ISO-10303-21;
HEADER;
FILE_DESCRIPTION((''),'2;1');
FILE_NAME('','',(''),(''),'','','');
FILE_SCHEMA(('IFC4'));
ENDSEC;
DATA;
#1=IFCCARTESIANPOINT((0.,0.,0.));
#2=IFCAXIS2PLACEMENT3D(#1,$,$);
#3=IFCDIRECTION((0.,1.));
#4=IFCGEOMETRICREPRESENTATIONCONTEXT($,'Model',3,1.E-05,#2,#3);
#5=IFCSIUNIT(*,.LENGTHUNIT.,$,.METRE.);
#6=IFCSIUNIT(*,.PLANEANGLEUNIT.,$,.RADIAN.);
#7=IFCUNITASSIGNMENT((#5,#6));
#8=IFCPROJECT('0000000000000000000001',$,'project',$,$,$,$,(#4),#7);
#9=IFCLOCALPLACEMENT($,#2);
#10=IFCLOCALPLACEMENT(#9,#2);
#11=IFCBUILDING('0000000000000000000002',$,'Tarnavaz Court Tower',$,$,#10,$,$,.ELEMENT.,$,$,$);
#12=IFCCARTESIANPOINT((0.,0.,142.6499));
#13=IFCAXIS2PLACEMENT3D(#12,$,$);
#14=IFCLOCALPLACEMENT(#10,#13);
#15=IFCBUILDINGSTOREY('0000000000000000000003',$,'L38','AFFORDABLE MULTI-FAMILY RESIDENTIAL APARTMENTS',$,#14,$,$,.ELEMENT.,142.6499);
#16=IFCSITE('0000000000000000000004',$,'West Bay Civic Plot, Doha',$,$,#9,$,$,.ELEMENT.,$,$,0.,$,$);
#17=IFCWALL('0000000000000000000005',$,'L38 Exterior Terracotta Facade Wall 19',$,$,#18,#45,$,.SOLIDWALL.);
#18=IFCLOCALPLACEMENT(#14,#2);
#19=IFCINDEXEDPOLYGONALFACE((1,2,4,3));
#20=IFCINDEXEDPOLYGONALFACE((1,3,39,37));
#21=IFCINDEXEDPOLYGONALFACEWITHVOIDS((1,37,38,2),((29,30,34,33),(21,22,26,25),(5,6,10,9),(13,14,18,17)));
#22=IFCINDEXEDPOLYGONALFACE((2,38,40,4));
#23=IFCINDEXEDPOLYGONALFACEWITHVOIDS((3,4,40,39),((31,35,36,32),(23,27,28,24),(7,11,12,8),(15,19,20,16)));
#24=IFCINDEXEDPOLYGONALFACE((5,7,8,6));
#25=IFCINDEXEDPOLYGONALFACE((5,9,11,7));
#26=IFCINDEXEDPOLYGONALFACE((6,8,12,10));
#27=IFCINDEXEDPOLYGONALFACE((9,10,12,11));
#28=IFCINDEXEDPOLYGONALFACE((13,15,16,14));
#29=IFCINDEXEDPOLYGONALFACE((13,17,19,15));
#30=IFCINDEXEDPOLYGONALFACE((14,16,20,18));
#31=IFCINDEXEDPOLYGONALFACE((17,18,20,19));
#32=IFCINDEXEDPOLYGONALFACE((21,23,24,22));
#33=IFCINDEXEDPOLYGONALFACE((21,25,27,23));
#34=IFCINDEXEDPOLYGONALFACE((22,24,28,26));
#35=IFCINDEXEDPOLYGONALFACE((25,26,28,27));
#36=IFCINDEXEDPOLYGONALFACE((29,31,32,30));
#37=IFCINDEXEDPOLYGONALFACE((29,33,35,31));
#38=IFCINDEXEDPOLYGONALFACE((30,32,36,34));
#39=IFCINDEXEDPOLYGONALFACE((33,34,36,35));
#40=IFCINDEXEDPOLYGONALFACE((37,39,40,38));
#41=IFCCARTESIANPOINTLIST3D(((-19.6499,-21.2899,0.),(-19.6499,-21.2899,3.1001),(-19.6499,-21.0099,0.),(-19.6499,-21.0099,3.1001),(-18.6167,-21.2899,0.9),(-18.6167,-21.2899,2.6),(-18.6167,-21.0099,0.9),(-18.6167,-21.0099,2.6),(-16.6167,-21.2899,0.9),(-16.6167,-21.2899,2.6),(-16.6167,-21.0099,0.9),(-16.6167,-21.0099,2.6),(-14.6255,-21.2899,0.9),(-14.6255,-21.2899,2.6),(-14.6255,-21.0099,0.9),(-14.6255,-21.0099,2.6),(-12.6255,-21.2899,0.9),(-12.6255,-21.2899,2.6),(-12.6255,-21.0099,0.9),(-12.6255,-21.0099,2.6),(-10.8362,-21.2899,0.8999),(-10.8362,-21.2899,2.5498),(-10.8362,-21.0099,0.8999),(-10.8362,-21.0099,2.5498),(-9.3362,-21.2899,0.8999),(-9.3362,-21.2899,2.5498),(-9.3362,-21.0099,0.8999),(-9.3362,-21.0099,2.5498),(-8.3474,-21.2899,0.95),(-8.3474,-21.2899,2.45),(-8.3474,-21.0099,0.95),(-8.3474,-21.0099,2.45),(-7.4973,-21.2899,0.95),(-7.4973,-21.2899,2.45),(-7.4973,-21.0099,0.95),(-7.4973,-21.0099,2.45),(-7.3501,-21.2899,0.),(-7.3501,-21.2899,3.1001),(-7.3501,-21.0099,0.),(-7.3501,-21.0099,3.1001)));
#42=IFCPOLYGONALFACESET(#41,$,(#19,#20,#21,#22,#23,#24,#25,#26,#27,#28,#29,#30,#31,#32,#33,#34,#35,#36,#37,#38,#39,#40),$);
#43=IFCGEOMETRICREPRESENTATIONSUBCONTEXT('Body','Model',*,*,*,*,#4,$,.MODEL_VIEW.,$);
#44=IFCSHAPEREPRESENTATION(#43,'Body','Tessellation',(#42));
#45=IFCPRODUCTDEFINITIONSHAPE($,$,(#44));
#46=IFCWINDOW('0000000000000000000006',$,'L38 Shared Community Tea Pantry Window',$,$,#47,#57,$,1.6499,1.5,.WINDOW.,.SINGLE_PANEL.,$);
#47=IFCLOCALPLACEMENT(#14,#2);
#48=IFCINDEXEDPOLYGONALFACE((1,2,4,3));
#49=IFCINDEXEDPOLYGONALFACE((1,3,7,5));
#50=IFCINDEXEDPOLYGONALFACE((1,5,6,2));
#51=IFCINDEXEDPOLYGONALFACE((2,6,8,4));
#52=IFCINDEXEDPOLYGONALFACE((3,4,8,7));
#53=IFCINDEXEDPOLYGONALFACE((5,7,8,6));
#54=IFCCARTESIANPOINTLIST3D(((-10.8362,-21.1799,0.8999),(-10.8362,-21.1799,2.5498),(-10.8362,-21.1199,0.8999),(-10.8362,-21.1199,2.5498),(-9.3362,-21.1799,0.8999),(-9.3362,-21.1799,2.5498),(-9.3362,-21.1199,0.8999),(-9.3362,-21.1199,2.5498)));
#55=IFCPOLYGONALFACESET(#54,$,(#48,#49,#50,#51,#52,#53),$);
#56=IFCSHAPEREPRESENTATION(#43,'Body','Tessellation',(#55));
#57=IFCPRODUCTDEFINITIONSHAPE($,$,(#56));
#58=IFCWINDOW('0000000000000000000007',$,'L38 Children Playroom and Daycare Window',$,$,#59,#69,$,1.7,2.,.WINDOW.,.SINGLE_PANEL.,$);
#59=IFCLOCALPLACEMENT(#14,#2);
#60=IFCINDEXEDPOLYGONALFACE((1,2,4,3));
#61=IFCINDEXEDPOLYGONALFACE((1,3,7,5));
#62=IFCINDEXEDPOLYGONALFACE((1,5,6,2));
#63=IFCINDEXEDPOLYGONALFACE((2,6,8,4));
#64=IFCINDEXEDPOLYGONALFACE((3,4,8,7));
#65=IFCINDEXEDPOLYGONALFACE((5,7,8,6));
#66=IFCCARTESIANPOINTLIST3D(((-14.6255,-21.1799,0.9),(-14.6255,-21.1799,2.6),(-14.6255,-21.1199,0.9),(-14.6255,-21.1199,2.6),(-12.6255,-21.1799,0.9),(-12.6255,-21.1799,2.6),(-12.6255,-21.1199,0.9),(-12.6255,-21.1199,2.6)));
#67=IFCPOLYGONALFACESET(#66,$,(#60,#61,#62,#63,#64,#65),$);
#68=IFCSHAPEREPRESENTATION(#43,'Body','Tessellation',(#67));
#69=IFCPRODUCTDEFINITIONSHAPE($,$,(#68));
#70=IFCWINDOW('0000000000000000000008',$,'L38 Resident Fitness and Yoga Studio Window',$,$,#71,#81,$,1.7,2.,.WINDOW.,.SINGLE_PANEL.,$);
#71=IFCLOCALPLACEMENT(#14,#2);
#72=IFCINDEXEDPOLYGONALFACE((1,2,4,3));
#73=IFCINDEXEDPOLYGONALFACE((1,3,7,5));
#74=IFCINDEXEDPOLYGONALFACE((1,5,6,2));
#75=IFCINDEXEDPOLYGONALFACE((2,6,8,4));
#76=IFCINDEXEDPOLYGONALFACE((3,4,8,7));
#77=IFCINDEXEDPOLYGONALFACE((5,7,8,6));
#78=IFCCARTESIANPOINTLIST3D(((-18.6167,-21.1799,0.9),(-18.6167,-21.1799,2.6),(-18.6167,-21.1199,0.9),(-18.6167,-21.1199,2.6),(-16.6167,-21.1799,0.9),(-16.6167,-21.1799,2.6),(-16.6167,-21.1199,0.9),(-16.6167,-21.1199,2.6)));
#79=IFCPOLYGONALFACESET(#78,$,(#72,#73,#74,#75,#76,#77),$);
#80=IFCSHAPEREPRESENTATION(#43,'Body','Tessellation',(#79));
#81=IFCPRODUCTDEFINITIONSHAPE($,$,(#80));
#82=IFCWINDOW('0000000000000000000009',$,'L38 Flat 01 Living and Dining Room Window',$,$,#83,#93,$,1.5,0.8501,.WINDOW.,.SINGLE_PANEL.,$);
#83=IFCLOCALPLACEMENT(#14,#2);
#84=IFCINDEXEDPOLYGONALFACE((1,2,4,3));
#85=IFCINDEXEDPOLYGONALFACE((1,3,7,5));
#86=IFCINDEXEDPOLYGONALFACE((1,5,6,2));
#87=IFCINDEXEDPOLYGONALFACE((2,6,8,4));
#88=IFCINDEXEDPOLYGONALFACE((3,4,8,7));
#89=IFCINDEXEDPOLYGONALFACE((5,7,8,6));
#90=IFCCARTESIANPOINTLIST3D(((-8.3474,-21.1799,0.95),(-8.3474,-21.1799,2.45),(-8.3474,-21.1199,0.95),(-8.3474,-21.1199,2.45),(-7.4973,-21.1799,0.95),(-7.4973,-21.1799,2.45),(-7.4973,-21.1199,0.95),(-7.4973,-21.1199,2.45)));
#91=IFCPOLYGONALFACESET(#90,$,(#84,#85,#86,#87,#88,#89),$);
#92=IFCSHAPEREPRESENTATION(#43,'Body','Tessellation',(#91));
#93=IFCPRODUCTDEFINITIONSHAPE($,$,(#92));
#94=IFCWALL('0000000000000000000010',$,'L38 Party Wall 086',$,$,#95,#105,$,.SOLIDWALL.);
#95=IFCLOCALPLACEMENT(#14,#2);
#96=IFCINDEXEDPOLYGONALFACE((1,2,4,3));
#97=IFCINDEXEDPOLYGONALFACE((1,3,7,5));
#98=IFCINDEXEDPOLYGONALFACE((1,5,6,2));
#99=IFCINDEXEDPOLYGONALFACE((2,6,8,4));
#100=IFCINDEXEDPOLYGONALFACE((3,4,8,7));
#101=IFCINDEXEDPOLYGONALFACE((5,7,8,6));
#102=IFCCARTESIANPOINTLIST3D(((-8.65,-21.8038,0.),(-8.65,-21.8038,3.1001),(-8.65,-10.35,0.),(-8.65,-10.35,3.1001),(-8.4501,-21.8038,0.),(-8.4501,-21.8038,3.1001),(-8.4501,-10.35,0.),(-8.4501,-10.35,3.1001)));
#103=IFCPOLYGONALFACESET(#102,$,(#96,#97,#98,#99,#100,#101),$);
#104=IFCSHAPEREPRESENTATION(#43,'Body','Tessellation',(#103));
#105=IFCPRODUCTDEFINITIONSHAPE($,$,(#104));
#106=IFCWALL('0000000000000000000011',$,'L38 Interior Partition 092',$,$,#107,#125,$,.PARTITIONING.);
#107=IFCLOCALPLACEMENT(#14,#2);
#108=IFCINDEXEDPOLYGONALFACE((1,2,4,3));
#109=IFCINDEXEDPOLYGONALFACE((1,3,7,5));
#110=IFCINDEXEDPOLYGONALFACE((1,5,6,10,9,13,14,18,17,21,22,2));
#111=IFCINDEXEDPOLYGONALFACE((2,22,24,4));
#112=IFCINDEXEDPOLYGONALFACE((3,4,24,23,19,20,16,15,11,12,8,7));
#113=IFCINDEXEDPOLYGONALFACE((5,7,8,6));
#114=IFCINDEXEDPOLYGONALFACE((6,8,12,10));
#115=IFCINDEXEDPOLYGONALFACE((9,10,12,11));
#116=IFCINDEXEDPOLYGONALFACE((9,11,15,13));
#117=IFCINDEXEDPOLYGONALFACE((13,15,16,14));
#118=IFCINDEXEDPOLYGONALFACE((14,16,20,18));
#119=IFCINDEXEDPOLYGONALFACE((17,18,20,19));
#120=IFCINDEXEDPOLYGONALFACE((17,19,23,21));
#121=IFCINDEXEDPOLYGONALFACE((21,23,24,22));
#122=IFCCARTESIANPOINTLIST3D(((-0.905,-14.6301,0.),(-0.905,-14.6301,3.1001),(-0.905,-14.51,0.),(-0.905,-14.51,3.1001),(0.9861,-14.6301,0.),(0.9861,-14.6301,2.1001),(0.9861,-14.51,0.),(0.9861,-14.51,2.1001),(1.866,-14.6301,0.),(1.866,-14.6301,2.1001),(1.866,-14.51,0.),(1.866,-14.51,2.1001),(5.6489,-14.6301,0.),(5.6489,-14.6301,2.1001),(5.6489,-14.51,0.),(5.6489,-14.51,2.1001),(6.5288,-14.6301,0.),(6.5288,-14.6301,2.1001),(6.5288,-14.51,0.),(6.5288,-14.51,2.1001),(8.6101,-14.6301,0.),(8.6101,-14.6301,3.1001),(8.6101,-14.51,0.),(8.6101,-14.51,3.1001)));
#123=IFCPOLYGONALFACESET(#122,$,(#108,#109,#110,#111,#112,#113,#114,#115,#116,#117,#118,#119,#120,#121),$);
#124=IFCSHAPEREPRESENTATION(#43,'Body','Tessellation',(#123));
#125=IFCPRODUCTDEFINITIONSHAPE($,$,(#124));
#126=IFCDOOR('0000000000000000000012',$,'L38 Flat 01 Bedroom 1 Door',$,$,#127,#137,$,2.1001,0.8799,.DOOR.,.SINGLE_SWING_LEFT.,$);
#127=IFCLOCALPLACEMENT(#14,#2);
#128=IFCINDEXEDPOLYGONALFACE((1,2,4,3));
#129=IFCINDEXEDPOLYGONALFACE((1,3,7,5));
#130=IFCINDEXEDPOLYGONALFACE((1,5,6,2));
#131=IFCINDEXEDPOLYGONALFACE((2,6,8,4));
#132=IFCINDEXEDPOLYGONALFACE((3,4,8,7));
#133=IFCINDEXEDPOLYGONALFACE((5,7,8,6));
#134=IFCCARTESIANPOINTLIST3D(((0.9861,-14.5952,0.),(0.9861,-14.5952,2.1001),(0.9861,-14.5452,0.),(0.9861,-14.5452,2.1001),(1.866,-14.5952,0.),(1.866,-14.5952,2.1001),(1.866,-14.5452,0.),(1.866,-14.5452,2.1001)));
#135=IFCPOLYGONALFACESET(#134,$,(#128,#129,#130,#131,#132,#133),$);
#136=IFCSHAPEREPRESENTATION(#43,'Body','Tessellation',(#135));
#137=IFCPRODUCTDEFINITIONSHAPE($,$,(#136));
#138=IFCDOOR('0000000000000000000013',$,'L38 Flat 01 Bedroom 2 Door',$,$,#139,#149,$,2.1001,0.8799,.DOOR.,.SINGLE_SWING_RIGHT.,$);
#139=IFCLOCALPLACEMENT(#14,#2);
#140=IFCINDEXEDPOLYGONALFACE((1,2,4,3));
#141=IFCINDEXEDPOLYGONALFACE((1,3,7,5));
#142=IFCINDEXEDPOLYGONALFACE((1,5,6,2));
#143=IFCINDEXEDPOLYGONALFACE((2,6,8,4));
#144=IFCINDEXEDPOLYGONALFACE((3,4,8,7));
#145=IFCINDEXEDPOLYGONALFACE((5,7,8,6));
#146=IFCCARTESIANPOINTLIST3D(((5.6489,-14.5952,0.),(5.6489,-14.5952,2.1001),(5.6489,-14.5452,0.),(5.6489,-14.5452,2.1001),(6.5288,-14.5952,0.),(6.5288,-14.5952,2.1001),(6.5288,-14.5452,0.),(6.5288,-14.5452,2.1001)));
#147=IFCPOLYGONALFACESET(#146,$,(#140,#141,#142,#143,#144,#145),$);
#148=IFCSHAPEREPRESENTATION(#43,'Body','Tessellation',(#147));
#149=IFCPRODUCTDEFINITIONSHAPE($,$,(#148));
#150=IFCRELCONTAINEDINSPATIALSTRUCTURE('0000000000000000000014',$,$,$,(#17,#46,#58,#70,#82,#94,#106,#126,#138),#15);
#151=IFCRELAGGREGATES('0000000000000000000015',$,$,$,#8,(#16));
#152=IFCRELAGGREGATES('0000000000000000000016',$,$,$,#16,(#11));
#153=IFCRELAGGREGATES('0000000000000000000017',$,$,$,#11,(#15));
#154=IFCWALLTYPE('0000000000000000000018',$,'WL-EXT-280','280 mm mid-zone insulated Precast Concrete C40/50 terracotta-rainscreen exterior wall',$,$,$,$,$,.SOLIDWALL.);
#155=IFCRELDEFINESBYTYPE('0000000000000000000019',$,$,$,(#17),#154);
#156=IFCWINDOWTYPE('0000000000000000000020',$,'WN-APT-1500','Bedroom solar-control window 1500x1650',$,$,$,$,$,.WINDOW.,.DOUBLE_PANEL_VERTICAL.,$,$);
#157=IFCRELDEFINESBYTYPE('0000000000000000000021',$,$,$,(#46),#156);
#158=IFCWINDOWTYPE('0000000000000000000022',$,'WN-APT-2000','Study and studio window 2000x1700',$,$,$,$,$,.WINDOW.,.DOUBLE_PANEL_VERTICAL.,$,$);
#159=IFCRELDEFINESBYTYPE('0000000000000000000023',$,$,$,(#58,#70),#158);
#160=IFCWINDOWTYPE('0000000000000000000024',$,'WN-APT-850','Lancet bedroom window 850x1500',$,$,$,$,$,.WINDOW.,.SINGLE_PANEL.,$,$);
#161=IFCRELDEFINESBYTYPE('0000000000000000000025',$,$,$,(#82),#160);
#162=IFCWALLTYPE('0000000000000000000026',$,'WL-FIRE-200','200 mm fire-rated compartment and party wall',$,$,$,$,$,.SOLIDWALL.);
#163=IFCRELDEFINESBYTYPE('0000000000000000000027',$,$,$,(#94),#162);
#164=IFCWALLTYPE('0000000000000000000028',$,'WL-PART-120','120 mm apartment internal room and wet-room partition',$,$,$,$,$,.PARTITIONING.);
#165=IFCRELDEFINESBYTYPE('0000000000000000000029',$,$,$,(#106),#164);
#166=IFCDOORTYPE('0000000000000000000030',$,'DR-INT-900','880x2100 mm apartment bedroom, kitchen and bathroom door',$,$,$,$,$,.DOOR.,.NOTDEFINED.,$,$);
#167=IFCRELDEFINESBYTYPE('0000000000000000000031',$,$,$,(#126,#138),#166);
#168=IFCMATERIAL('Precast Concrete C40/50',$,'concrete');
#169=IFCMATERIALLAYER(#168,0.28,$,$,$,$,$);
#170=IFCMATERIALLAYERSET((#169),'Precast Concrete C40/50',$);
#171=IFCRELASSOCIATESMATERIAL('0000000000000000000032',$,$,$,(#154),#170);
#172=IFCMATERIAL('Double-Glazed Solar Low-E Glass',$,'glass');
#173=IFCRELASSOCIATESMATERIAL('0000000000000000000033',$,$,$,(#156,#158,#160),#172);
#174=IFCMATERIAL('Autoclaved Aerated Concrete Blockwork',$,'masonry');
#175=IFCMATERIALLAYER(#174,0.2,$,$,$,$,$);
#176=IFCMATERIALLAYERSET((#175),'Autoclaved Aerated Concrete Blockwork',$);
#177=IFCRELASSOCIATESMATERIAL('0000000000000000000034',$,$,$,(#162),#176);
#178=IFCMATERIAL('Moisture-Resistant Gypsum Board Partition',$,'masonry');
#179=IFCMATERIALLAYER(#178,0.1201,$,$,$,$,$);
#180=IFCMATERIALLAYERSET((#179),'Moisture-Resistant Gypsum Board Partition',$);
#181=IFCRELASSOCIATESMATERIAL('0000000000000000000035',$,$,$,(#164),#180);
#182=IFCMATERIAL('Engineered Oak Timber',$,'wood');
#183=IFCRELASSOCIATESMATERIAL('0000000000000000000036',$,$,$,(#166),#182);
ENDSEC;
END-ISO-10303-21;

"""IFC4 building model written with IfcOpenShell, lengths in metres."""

from ifc_helpers import new_model, si_unit, direction, frame, frame_2d, origin, place, context, subcontext, project, spatial, rectangle, extrude, material, layer, layer_set, type_object, element, fill, save


model = new_model("IFC4")

# Units and contexts
model_context = context("Model", 3, precision=1e-05, world=origin(), true_north=direction((0.0, 1.0)))
body_context = subcontext(model_context, "Body", "Model", "MODEL_VIEW")
ifc_project = project(units=[si_unit("LENGTHUNIT", "METRE"), si_unit("PLANEANGLEUNIT", "RADIAN")], contexts=[model_context])

# Site, building, storey
site_placement = place(None, origin())
site = spatial("IfcSite", under=ifc_project, at=site_placement, Name="West Bay Civic Plot, Doha", CompositionType="ELEMENT", RefElevation=0.0)
building_placement = place(site_placement, origin())
building = spatial("IfcBuilding", under=site, at=building_placement, Name="Tarnavaz Court Tower", CompositionType="ELEMENT")
storey_placement = place(building_placement, frame((0.0, 0.0, 142.6499)))
storey = spatial("IfcBuildingStorey", under=building, at=storey_placement, Name="L38", Description="AFFORDABLE MULTI-FAMILY RESIDENTIAL APARTMENTS", CompositionType="ELEMENT", Elevation=142.6499)

# Shared definitions
ifc_material_1 = material(Name="Double-Glazed Solar Low-E Glass", Category="glass")

# Shared definitions
ifc_material_2 = material(Name="Precast Concrete C40/50", Category="concrete")
ifc_layer_1 = layer(ifc_material_2, 0.28)
ifc_layer_set_1 = layer_set([ifc_layer_1], Name="Precast Concrete C40/50")
wall_type_1 = type_object("IfcWallType", Name="WL-EXT-280", Description="280 mm mid-zone insulated Precast Concrete C40/50 terracotta-rainscreen exterior wall", PredefinedType="SOLIDWALL", material=ifc_layer_set_1)

# Wall, openings, windows
wall_1_placement = place(storey_placement, frame((-7.3501, -21.1499, 0.0), z_axis=(0.0, 0.0, 1.0), x_axis=(-1.0, 0.0, 0.0)))
wall_1 = element("IfcWall", 1, at=wall_1_placement, inside=storey, type_object=wall_type_1, Name="L38 Exterior Terracotta Facade Wall 19", PredefinedType="SOLIDWALL", context=body_context, shape_type="SweptSolid", body=[
    extrude(rectangle(XDim=12.2998, YDim=0.28, at=frame_2d((6.1499, 0.0))), origin(), (0.0, 0.0, 1.0), 3.1001),
])
opening_1_placement = place(wall_1_placement, frame((0.1472, 0.0, 0.95)))
opening_1 = element("IfcOpeningElement", 2, at=opening_1_placement, cuts=wall_1, PredefinedType="OPENING", context=body_context, shape_type="SweptSolid", body=[
    extrude(rectangle(XDim=0.8501, YDim=1.5, at=frame_2d((0.425, 0.75))), frame((0.0, 0.1499, 0.0), z_axis=(0.0, -1.0, 0.0), x_axis=(1.0, 0.0, 0.0)), (0.0, 0.0, 1.0), 0.3),
])
opening_2_placement = place(wall_1_placement, frame((1.9861, 0.0, 0.8999)))
opening_2 = element("IfcOpeningElement", 3, at=opening_2_placement, cuts=wall_1, PredefinedType="OPENING", context=body_context, shape_type="SweptSolid", body=[
    extrude(rectangle(XDim=1.5, YDim=1.6499, at=frame_2d((0.75, 0.825))), frame((0.0, 0.1499, 0.0), z_axis=(0.0, -1.0, 0.0), x_axis=(1.0, 0.0, 0.0)), (0.0, 0.0, 1.0), 0.3),
])
opening_3_placement = place(wall_1_placement, frame((5.2754, 0.0, 0.8999)))
opening_3 = element("IfcOpeningElement", 4, at=opening_3_placement, cuts=wall_1, PredefinedType="OPENING", context=body_context, shape_type="SweptSolid", body=[
    extrude(rectangle(XDim=2.0, YDim=1.7, at=frame_2d((1.0, 0.8501))), frame((0.0, 0.1499, 0.0), z_axis=(0.0, -1.0, 0.0), x_axis=(1.0, 0.0, 0.0)), (0.0, 0.0, 1.0), 0.3),
])
opening_4_placement = place(wall_1_placement, frame((9.2666, 0.0, 0.8999)))
opening_4 = element("IfcOpeningElement", 5, at=opening_4_placement, cuts=wall_1, PredefinedType="OPENING", context=body_context, shape_type="SweptSolid", body=[
    extrude(rectangle(XDim=2.0, YDim=1.7, at=frame_2d((1.0, 0.8501))), frame((0.0, 0.1499, 0.0), z_axis=(0.0, -1.0, 0.0), x_axis=(1.0, 0.0, 0.0)), (0.0, 0.0, 1.0), 0.3),
])
window_type_1 = type_object("IfcWindowType", Name="WN-APT-1500", Description="Bedroom solar-control window 1500x1650", PartitioningType="DOUBLE_PANEL_VERTICAL", PredefinedType="WINDOW", material=ifc_material_1)
window_1_placement = place(opening_2_placement, origin())
window_1 = element("IfcWindow", 6, at=window_1_placement, inside=storey, type_object=window_type_1, Name="L38 Shared Community Tea Pantry Window", OverallHeight=1.6499, OverallWidth=1.5, PartitioningType="SINGLE_PANEL", PredefinedType="WINDOW", context=body_context, shape_type="SweptSolid", body=[
    extrude(rectangle(XDim=1.5, YDim=1.6499, at=frame_2d((0.75, 0.825))), frame((0.0, 0.03, 0.0), z_axis=(0.0, -1.0, 0.0), x_axis=(1.0, 0.0, 0.0)), (0.0, 0.0, 1.0), 0.0601),
])
fill(opening_2, window_1)
window_type_2 = type_object("IfcWindowType", Name="WN-APT-2000", Description="Study and studio window 2000x1700", PartitioningType="DOUBLE_PANEL_VERTICAL", PredefinedType="WINDOW", material=ifc_material_1)
window_2_placement = place(opening_3_placement, origin())
window_2 = element("IfcWindow", 7, at=window_2_placement, inside=storey, type_object=window_type_2, Name="L38 Children Playroom and Daycare Window", OverallHeight=1.7, OverallWidth=2.0, PartitioningType="SINGLE_PANEL", PredefinedType="WINDOW", context=body_context, shape_type="SweptSolid", body=[
    extrude(rectangle(XDim=2.0, YDim=1.7, at=frame_2d((1.0, 0.8501))), frame((0.0, 0.03, 0.0), z_axis=(0.0, -1.0, 0.0), x_axis=(1.0, 0.0, 0.0)), (0.0, 0.0, 1.0), 0.0601),
])
fill(opening_3, window_2)
window_3_placement = place(opening_4_placement, origin())
window_3 = element("IfcWindow", 8, at=window_3_placement, inside=storey, type_object=window_type_2, Name="L38 Resident Fitness and Yoga Studio Window", OverallHeight=1.7, OverallWidth=2.0, PartitioningType="SINGLE_PANEL", PredefinedType="WINDOW", context=body_context, shape_type="SweptSolid", body=[
    extrude(rectangle(XDim=2.0, YDim=1.7, at=frame_2d((1.0, 0.8501))), frame((0.0, 0.03, 0.0), z_axis=(0.0, -1.0, 0.0), x_axis=(1.0, 0.0, 0.0)), (0.0, 0.0, 1.0), 0.0601),
])
fill(opening_4, window_3)
window_type_3 = type_object("IfcWindowType", Name="WN-APT-850", Description="Lancet bedroom window 850x1500", PartitioningType="SINGLE_PANEL", PredefinedType="WINDOW", material=ifc_material_1)
window_4_placement = place(opening_1_placement, origin())
window_4 = element("IfcWindow", 9, at=window_4_placement, inside=storey, type_object=window_type_3, Name="L38 Flat 01 Living and Dining Room Window", OverallHeight=1.5, OverallWidth=0.8501, PartitioningType="SINGLE_PANEL", PredefinedType="WINDOW", context=body_context, shape_type="SweptSolid", body=[
    extrude(rectangle(XDim=0.8501, YDim=1.5, at=frame_2d((0.425, 0.75))), frame((0.0, 0.03, 0.0), z_axis=(0.0, -1.0, 0.0), x_axis=(1.0, 0.0, 0.0)), (0.0, 0.0, 1.0), 0.0601),
])
fill(opening_1, window_4)

# Wall
ifc_material_3 = material(Name="Autoclaved Aerated Concrete Blockwork", Category="masonry")
ifc_layer_2 = layer(ifc_material_3, 0.2)
ifc_layer_set_2 = layer_set([ifc_layer_2], Name="Autoclaved Aerated Concrete Blockwork")
wall_type_2 = type_object("IfcWallType", Name="WL-FIRE-200", Description="200 mm fire-rated compartment and party wall", PredefinedType="SOLIDWALL", material=ifc_layer_set_2)
wall_2_placement = place(storey_placement, frame((-8.55, -21.804, 0.0), z_axis=(0.0, 0.0, 1.0), x_axis=(0.0, 1.0, 0.0)))
element("IfcWall", 10, at=wall_2_placement, inside=storey, type_object=wall_type_2, Name="L38 Party Wall 086", PredefinedType="SOLIDWALL", context=body_context, shape_type="SweptSolid", body=[
    extrude(rectangle(XDim=11.4539, YDim=0.2, at=frame_2d((5.7271, 0.0))), origin(), (0.0, 0.0, 1.0), 3.1001),
])

# Wall, openings, doors
ifc_material_4 = material(Name="Moisture-Resistant Gypsum Board Partition", Category="masonry")
ifc_layer_3 = layer(ifc_material_4, 0.1201)
ifc_layer_set_3 = layer_set([ifc_layer_3], Name="Moisture-Resistant Gypsum Board Partition")
wall_type_3 = type_object("IfcWallType", Name="WL-PART-120", Description="120 mm apartment internal room and wet-room partition", PredefinedType="PARTITIONING", material=ifc_layer_set_3)
wall_3_placement = place(storey_placement, frame((-0.905, -14.5701, 0.0), z_axis=(0.0, 0.0, 1.0), x_axis=(1.0, 0.0, 0.0)))
wall_3 = element("IfcWall", 11, at=wall_3_placement, inside=storey, type_object=wall_type_3, Name="L38 Interior Partition 092", PredefinedType="PARTITIONING", context=body_context, shape_type="SweptSolid", body=[
    extrude(rectangle(XDim=9.5151, YDim=0.1201, at=frame_2d((4.7576, 0.0))), origin(), (0.0, 0.0, 1.0), 3.1001),
])
opening_5_placement = place(wall_3_placement, frame((1.8911, 0.0, 0.0)))
opening_5 = element("IfcOpeningElement", 12, at=opening_5_placement, cuts=wall_3, PredefinedType="OPENING", context=body_context, shape_type="SweptSolid", body=[
    extrude(rectangle(XDim=0.8799, YDim=2.1001, at=frame_2d((0.4399, 1.05))), frame((0.0, 0.0701, 0.0), z_axis=(0.0, -1.0, 0.0), x_axis=(1.0, 0.0, 0.0)), (0.0, 0.0, 1.0), 0.1401),
])
opening_6_placement = place(wall_3_placement, frame((6.554, 0.0, 0.0)))
opening_6 = element("IfcOpeningElement", 13, at=opening_6_placement, cuts=wall_3, PredefinedType="OPENING", context=body_context, shape_type="SweptSolid", body=[
    extrude(rectangle(XDim=0.8799, YDim=2.1001, at=frame_2d((0.4399, 1.05))), frame((0.0, 0.0701, 0.0), z_axis=(0.0, -1.0, 0.0), x_axis=(1.0, 0.0, 0.0)), (0.0, 0.0, 1.0), 0.1401),
])
ifc_material_5 = material(Name="Engineered Oak Timber", Category="wood")
door_type = type_object("IfcDoorType", Name="DR-INT-900", Description="880x2100 mm apartment bedroom, kitchen and bathroom door", OperationType="NOTDEFINED", PredefinedType="DOOR", material=ifc_material_5)
door_1_placement = place(opening_5_placement, origin())
door_1 = element("IfcDoor", 14, at=door_1_placement, inside=storey, type_object=door_type, Name="L38 Flat 01 Bedroom 1 Door", OperationType="SINGLE_SWING_LEFT", OverallHeight=2.1001, OverallWidth=0.8799, PredefinedType="DOOR", context=body_context, shape_type="SweptSolid", body=[
    extrude(rectangle(XDim=0.8799, YDim=2.1001, at=frame_2d((0.4399, 1.05))), frame((0.0, 0.0249, 0.0), z_axis=(0.0, -1.0, 0.0), x_axis=(1.0, 0.0, 0.0)), (0.0, 0.0, 1.0), 0.05),
])
fill(opening_5, door_1)
door_2_placement = place(opening_6_placement, origin())
door_2 = element("IfcDoor", 15, at=door_2_placement, inside=storey, type_object=door_type, Name="L38 Flat 01 Bedroom 2 Door", OperationType="SINGLE_SWING_RIGHT", OverallHeight=2.1001, OverallWidth=0.8799, PredefinedType="DOOR", context=body_context, shape_type="SweptSolid", body=[
    extrude(rectangle(XDim=0.8799, YDim=2.1001, at=frame_2d((0.4399, 1.05))), frame((0.0, 0.0249, 0.0), z_axis=(0.0, -1.0, 0.0), x_axis=(1.0, 0.0, 0.0)), (0.0, 0.0, 1.0), 0.05),
])
fill(opening_6, door_2)

save(model, "model.ifc")
